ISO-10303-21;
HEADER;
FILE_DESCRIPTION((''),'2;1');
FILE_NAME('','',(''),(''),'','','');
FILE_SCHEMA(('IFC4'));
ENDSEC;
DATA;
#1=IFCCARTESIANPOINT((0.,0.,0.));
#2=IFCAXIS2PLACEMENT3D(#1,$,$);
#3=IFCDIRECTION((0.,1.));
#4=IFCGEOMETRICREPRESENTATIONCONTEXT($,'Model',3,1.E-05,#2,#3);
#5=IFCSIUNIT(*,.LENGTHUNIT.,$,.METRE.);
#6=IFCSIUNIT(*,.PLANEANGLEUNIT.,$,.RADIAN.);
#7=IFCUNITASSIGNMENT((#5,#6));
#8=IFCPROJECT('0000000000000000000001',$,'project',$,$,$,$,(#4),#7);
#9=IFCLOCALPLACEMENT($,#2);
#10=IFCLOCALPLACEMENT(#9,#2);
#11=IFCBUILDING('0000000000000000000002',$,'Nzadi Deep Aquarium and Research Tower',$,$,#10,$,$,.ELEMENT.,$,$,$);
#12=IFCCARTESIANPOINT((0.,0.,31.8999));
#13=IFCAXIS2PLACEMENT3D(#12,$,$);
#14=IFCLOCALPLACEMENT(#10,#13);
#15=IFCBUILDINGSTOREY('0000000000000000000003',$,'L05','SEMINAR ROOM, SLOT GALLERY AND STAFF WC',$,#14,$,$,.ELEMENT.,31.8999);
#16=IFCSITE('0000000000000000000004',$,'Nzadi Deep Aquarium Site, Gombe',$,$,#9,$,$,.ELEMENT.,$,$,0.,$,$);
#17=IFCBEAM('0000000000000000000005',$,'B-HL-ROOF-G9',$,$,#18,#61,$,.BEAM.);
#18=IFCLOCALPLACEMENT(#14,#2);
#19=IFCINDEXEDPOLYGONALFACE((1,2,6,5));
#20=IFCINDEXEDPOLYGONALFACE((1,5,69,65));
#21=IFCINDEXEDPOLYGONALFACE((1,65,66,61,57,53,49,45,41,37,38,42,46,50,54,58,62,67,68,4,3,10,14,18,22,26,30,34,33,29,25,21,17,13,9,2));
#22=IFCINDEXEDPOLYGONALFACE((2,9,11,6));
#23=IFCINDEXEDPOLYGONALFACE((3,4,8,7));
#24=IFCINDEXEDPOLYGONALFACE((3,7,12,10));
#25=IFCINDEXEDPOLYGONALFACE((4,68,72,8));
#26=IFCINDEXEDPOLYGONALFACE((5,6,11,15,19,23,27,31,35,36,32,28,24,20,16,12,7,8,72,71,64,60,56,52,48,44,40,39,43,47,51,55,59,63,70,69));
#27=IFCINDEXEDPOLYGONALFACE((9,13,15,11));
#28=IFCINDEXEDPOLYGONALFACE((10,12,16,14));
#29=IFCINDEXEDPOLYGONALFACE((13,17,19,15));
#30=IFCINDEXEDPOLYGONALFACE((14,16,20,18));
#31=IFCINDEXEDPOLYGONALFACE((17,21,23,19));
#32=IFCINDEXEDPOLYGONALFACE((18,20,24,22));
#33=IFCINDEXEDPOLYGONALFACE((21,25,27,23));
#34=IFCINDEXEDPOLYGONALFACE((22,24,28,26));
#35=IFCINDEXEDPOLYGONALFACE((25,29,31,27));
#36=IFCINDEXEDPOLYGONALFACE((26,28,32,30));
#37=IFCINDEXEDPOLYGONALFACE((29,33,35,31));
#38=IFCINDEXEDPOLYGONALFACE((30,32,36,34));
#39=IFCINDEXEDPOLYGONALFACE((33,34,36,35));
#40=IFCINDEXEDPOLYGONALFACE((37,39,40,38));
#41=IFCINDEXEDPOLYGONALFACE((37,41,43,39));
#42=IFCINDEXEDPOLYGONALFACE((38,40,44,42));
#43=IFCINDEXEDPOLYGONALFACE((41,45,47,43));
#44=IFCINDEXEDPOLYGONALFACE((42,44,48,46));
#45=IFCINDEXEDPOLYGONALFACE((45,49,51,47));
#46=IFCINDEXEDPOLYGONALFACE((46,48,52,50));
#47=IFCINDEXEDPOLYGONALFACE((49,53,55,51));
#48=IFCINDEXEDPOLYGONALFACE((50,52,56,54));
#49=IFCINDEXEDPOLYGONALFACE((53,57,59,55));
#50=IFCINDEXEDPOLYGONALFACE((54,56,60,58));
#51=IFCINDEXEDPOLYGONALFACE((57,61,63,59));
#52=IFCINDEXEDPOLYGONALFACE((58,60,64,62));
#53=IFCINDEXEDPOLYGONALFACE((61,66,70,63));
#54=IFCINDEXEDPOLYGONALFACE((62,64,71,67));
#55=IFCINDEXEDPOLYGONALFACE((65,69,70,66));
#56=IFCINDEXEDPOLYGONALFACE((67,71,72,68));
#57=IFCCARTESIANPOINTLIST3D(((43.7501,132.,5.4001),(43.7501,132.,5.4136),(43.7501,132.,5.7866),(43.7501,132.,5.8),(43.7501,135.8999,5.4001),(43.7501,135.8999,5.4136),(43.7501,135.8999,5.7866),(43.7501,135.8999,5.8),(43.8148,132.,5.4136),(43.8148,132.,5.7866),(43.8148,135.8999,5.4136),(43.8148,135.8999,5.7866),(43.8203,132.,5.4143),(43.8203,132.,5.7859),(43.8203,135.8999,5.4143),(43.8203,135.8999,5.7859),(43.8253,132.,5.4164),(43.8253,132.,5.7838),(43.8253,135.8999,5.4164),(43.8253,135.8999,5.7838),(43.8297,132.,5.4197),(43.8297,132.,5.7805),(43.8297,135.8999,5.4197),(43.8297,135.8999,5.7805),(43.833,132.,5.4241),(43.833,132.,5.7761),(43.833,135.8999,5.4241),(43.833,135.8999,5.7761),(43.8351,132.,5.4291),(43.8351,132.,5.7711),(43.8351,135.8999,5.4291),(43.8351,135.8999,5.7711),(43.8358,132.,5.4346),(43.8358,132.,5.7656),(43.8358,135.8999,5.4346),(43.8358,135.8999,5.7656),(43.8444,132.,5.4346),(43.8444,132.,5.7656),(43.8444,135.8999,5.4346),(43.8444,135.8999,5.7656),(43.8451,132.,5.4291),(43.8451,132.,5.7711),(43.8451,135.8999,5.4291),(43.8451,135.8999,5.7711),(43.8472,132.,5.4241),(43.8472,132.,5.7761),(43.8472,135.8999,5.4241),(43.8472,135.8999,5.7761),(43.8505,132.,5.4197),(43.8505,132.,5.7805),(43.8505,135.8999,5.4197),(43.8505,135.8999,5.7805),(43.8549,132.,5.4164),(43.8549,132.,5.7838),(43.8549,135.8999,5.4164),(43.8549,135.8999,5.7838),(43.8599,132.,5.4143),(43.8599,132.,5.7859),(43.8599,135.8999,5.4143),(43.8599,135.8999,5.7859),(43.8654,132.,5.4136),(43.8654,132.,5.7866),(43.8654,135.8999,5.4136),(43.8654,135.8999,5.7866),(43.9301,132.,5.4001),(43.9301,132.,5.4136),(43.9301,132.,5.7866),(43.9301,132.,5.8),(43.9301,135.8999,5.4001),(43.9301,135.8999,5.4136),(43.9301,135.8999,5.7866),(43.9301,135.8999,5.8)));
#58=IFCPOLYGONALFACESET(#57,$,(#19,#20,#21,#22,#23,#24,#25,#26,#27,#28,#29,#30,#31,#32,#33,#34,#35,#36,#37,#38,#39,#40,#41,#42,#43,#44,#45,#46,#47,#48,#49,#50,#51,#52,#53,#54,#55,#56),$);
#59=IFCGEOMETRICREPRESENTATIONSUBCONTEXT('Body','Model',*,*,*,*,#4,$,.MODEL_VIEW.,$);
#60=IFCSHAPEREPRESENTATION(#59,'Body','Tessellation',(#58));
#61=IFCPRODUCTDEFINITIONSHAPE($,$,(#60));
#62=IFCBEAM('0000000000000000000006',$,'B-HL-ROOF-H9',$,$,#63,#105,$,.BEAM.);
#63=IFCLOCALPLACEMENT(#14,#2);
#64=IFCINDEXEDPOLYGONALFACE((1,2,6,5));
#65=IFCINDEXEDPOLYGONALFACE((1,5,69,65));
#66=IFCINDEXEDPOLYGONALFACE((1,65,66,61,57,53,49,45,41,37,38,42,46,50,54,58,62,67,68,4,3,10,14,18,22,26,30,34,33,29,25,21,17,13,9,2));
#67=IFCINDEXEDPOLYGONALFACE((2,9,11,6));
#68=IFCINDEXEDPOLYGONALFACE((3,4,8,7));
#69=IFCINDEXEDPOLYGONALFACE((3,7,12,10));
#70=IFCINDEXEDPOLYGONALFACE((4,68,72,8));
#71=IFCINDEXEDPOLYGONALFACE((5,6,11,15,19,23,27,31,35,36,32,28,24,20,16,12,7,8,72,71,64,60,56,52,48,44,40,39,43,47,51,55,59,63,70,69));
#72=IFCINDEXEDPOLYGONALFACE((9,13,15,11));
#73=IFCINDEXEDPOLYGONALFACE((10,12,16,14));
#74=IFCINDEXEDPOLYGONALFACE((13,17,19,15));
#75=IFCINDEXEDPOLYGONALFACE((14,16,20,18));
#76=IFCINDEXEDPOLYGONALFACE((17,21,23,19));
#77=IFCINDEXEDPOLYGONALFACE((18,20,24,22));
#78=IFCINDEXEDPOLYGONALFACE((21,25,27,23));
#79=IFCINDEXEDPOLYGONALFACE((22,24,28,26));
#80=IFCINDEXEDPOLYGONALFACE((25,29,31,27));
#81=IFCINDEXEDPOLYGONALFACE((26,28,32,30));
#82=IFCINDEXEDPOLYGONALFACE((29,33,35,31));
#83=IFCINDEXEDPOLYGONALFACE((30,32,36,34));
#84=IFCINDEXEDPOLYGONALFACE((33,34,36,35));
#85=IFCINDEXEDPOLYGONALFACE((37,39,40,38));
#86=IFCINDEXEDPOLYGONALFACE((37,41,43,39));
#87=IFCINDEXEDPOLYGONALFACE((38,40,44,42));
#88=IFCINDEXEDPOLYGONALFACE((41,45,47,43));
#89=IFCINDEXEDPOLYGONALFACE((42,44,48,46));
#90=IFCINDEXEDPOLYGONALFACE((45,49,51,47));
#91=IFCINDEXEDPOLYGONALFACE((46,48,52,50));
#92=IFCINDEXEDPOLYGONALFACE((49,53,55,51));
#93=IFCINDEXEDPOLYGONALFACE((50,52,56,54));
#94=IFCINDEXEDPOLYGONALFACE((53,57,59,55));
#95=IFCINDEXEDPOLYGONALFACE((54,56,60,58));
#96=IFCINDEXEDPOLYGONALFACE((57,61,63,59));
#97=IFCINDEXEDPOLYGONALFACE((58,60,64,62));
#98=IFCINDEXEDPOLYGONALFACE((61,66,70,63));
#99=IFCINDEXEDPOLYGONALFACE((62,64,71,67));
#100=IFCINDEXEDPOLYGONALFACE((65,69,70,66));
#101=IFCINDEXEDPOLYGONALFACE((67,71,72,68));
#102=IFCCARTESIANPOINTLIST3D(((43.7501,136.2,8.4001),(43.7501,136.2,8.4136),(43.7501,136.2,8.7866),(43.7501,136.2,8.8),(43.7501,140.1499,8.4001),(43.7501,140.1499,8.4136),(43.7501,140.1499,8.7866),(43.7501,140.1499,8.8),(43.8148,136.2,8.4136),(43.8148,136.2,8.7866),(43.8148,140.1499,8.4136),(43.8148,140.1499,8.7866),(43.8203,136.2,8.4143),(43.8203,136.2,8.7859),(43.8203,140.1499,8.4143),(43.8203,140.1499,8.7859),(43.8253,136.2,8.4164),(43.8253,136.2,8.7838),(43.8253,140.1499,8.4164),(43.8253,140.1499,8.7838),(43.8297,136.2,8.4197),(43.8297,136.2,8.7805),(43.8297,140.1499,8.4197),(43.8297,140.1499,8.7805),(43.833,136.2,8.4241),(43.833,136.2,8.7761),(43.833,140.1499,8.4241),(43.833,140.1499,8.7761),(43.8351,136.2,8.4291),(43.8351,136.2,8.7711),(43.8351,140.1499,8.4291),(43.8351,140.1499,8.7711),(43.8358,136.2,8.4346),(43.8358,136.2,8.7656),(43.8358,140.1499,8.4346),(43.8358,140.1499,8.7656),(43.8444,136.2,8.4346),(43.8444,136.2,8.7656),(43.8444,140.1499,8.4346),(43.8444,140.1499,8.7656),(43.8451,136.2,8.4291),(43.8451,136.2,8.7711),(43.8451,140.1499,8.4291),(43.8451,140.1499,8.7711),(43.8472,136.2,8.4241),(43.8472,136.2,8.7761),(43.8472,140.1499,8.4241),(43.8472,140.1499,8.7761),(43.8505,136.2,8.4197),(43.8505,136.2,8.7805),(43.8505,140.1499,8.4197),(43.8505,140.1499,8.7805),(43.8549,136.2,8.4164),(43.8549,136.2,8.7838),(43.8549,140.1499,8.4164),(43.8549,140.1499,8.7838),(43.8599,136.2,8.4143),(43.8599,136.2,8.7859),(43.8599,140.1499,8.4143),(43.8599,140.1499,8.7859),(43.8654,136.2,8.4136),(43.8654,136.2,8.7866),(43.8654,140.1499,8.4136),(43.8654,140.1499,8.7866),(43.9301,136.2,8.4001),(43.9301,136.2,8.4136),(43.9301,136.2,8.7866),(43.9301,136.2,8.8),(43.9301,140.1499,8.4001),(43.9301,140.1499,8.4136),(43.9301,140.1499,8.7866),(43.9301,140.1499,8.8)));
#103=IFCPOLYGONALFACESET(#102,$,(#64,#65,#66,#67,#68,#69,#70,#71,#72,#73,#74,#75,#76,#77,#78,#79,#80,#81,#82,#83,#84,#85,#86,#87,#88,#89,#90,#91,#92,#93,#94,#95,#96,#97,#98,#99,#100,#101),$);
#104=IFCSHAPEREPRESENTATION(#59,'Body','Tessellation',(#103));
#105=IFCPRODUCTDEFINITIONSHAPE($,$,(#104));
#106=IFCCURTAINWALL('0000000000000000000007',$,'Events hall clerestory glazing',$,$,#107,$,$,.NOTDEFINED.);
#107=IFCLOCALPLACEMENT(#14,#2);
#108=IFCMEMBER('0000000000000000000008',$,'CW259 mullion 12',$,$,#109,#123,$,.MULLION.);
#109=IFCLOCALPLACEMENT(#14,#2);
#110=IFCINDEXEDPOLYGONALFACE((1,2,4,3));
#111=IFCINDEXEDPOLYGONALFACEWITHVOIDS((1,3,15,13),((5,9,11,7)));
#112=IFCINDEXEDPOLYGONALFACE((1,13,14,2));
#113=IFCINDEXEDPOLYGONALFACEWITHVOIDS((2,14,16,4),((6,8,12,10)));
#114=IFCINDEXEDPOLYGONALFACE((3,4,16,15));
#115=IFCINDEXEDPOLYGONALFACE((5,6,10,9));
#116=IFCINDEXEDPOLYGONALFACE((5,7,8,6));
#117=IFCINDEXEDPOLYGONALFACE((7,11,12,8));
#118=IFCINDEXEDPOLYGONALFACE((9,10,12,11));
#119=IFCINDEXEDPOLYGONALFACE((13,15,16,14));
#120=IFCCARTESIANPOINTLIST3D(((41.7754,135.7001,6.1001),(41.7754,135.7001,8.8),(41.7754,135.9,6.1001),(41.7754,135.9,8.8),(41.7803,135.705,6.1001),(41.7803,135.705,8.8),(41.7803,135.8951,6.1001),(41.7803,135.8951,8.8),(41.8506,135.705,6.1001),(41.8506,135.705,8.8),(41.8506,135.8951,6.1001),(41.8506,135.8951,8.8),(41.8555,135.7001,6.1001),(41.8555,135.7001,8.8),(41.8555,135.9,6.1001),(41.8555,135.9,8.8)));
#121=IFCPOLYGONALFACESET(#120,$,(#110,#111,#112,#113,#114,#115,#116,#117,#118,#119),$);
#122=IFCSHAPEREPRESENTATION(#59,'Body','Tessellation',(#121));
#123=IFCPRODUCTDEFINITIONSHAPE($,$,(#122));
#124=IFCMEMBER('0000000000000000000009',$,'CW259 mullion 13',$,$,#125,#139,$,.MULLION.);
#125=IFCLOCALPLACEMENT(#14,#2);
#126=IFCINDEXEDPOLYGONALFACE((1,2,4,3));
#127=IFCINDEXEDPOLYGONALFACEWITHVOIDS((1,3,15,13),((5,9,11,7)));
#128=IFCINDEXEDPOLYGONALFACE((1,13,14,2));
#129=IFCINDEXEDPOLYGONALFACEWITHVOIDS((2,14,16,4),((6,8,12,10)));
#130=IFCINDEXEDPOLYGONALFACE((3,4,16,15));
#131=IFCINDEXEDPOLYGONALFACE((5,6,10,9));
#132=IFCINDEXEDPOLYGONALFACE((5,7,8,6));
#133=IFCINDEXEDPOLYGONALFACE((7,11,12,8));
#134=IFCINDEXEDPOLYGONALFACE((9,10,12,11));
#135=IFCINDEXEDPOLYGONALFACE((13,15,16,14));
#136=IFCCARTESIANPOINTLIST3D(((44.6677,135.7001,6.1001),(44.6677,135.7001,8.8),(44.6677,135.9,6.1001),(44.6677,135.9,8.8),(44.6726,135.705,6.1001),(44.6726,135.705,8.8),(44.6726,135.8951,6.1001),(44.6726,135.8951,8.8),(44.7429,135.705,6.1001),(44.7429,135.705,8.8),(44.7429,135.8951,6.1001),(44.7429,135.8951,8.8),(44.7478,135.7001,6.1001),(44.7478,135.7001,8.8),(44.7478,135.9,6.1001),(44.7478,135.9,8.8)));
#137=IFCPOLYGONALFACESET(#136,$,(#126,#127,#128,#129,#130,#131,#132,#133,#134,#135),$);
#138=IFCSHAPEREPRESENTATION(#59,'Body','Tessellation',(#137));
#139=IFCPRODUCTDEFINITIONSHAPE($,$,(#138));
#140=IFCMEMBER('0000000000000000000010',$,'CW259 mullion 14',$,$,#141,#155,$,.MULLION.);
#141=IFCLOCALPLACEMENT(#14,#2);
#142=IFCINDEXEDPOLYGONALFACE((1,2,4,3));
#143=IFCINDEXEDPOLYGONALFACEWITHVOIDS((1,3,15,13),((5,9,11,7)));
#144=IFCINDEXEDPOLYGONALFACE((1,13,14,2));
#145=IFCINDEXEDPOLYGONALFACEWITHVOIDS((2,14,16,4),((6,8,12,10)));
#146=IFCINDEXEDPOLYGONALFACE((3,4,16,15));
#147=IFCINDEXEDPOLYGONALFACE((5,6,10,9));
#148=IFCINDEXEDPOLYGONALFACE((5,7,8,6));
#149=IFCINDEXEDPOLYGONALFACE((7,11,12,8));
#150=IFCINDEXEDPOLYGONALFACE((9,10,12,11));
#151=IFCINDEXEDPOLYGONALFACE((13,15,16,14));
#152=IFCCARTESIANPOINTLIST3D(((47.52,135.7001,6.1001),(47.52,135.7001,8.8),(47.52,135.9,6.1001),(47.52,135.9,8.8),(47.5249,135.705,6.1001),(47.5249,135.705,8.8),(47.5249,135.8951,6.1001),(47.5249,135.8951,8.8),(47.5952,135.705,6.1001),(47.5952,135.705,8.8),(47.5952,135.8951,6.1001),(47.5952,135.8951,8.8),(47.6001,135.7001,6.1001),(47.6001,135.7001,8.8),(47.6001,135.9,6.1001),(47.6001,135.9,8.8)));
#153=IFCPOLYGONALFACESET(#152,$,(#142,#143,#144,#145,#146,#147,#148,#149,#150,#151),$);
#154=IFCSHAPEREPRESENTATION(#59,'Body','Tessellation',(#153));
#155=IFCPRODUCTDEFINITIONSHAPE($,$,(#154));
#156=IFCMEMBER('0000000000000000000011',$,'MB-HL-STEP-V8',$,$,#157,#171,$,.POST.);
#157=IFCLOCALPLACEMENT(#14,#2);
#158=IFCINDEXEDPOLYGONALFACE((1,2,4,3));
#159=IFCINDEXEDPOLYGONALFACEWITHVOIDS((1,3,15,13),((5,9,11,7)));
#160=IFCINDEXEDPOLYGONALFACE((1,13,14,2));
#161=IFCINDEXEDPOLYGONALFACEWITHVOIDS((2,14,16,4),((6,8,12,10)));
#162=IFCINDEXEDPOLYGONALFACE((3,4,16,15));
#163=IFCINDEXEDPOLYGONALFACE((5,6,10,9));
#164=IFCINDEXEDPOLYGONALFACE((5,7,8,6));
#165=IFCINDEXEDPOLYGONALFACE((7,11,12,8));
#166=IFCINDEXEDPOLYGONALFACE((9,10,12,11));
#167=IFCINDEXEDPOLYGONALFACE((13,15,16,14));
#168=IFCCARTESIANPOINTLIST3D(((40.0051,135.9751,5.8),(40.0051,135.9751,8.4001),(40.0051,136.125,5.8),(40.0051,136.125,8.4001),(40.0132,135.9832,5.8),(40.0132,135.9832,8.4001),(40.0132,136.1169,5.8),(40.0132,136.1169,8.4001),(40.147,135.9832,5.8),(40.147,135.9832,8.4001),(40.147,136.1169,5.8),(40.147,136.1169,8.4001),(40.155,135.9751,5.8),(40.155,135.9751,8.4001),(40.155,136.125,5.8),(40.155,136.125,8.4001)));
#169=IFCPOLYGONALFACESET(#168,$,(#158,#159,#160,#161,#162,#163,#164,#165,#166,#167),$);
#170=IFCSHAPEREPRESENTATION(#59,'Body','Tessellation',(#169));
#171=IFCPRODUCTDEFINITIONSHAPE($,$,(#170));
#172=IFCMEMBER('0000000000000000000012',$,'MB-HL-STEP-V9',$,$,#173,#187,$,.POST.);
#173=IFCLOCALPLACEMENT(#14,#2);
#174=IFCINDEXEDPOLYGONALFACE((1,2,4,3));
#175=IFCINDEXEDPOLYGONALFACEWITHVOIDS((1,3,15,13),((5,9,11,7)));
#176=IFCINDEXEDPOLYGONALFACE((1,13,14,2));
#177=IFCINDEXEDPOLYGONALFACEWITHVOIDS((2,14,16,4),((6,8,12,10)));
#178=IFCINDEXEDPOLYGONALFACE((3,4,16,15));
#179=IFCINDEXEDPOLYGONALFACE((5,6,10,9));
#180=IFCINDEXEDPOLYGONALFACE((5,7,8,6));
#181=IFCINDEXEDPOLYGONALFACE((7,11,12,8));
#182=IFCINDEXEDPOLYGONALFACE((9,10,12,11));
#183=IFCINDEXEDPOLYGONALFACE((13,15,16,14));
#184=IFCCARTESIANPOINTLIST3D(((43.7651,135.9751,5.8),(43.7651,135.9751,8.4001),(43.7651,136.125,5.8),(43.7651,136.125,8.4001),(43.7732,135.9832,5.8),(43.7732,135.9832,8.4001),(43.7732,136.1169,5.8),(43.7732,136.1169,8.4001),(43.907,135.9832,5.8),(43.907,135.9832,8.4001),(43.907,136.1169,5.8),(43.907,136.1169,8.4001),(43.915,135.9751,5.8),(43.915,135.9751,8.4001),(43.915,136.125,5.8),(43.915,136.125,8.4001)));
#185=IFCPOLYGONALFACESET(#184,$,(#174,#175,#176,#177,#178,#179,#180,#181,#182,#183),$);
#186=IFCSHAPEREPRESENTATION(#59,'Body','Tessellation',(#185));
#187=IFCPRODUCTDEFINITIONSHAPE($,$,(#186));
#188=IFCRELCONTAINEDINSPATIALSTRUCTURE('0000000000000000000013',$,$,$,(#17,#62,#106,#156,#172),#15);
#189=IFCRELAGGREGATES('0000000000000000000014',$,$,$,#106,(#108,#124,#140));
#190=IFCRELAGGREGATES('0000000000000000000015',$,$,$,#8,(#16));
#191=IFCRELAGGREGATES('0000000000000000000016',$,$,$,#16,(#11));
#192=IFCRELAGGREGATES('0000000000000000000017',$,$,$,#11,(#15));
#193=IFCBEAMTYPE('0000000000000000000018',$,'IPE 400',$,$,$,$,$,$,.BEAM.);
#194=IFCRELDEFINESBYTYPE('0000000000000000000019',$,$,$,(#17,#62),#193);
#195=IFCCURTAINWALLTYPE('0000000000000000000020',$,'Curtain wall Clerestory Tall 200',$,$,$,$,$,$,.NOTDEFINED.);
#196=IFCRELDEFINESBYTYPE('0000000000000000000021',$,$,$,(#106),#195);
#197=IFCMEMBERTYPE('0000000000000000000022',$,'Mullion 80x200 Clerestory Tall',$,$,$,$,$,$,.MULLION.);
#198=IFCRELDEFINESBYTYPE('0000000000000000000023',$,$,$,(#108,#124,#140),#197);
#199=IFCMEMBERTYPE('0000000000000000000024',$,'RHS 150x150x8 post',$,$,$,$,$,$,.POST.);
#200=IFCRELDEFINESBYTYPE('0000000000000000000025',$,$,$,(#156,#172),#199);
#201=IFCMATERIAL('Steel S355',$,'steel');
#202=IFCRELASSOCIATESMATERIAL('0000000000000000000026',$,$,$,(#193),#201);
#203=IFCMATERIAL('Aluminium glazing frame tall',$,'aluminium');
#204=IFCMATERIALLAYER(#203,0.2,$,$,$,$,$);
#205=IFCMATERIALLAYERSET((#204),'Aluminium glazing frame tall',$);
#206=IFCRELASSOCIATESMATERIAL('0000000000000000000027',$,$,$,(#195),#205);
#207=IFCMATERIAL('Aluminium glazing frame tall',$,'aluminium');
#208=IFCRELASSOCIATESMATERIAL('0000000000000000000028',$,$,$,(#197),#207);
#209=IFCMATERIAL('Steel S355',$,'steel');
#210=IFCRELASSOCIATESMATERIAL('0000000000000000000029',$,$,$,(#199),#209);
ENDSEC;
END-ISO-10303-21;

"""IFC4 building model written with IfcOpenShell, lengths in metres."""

from ifc_helpers import new_model, si_unit, direction, frame, origin, origin_2d, place, context, subcontext, project, spatial, hollow_rectangle, i_section, extrude, material, layer, layer_set, material_profile, profile_set, type_object, element, aggregate, save


model = new_model("IFC4")

# Units and contexts
model_context = context("Model", 3, precision=1e-05, world=origin(), true_north=direction((0.0, 1.0)))
body_context = subcontext(model_context, "Body", "Model", "MODEL_VIEW")
ifc_project = project(units=[si_unit("LENGTHUNIT", "METRE"), si_unit("PLANEANGLEUNIT", "RADIAN")], contexts=[model_context])

# Site, building, storey
site_placement = place(None, origin())
site = spatial("IfcSite", under=ifc_project, at=site_placement, Name="Nzadi Deep Aquarium Site, Gombe", CompositionType="ELEMENT", RefElevation=0.0)
building_placement = place(site_placement, origin())
building = spatial("IfcBuilding", under=site, at=building_placement, Name="Nzadi Deep Aquarium and Research Tower", CompositionType="ELEMENT")
storey_placement = place(building_placement, frame((0.0, 0.0, 31.8999)))
storey = spatial("IfcBuildingStorey", under=building, at=storey_placement, Name="L05", Description="SEMINAR ROOM, SLOT GALLERY AND STAFF WC", CompositionType="ELEMENT", Elevation=31.8999)

# Beams
ifc_material_1 = material(Name="Steel S355", Category="steel")
ifc_material_profile_1 = material_profile(ifc_material_1, i_section(OverallWidth=0.1799, OverallDepth=0.3999, WebThickness=0.0085, FlangeThickness=0.0134, FilletRadius=0.021, at=origin_2d()))
ifc_profile_set_1 = profile_set([ifc_material_profile_1], Name="Steel S355")
beam_type = type_object("IfcBeamType", Name="IPE 400", PredefinedType="BEAM", material=ifc_profile_set_1)
beam_1_placement = place(storey_placement, frame((43.8401, 132.0, 5.6001), z_axis=(0.0, 1.0, 0.0), x_axis=(-1.0, 0.0, 0.0)))
element("IfcBeam", 1, at=beam_1_placement, inside=storey, type_object=beam_type, Name="B-HL-ROOF-G9", PredefinedType="BEAM", context=body_context, shape_type="SweptSolid", body=[
    extrude(i_section(OverallWidth=0.1799, OverallDepth=0.3999, WebThickness=0.0085, FlangeThickness=0.0134, FilletRadius=0.021, at=origin_2d()), origin(), (0.0, 0.0, 1.0), 3.8999),
])
beam_2_placement = place(storey_placement, frame((43.8401, 136.2, 8.6001), z_axis=(0.0, 1.0, 0.0), x_axis=(-1.0, 0.0, 0.0)))
element("IfcBeam", 2, at=beam_2_placement, inside=storey, type_object=beam_type, Name="B-HL-ROOF-H9", PredefinedType="BEAM", context=body_context, shape_type="SweptSolid", body=[
    extrude(i_section(OverallWidth=0.1799, OverallDepth=0.3999, WebThickness=0.0085, FlangeThickness=0.0134, FilletRadius=0.021, at=origin_2d()), origin(), (0.0, 0.0, 1.0), 3.95),
])

# Curtain wall, members
ifc_material_2 = material(Name="Aluminium glazing frame tall", Category="aluminium")
ifc_layer_1 = layer(ifc_material_2, 0.2)
ifc_layer_set_1 = layer_set([ifc_layer_1], Name="Aluminium glazing frame tall")
curtain_wall_type = type_object("IfcCurtainWallType", Name="Curtain wall Clerestory Tall 200", PredefinedType="NOTDEFINED", material=ifc_layer_set_1)
curtain_wall_placement = place(storey_placement, origin())
curtain_wall = element("IfcCurtainWall", 3, at=curtain_wall_placement, inside=storey, type_object=curtain_wall_type, Name="Events hall clerestory glazing", PredefinedType="NOTDEFINED")
ifc_material_3 = material(Name="Aluminium glazing frame tall", Category="aluminium")
ifc_material_profile_2 = material_profile(ifc_material_3, hollow_rectangle(XDim=0.2, YDim=0.0801, WallThickness=0.0049, at=origin_2d()))
ifc_profile_set_2 = profile_set([ifc_material_profile_2], Name="Aluminium glazing frame tall")
member_type_1 = type_object("IfcMemberType", Name="Mullion 80x200 Clerestory Tall", PredefinedType="MULLION", material=ifc_profile_set_2)
member_1_placement = place(storey_placement, frame((41.8154, 135.8, 6.1001), z_axis=(0.0, 0.0, 1.0), x_axis=(0.0, 1.0, 0.0)))
member_1 = element("IfcMember", 4, at=member_1_placement, type_object=member_type_1, Name="CW259 mullion 12", PredefinedType="MULLION", context=body_context, shape_type="SweptSolid", body=[
    extrude(hollow_rectangle(XDim=0.2, YDim=0.0801, WallThickness=0.0049, at=origin_2d()), origin(), (0.0, 0.0, 1.0), 2.7),
])
member_2_placement = place(storey_placement, frame((44.7078, 135.8, 6.1001), z_axis=(0.0, 0.0, 1.0), x_axis=(0.0, 1.0, 0.0)))
member_2 = element("IfcMember", 5, at=member_2_placement, type_object=member_type_1, Name="CW259 mullion 13", PredefinedType="MULLION", context=body_context, shape_type="SweptSolid", body=[
    extrude(hollow_rectangle(XDim=0.2, YDim=0.0801, WallThickness=0.0049, at=origin_2d()), origin(), (0.0, 0.0, 1.0), 2.7),
])
member_3_placement = place(storey_placement, frame((47.5601, 135.8, 6.1001), z_axis=(0.0, 0.0, 1.0), x_axis=(0.0, 1.0, 0.0)))
member_3 = element("IfcMember", 6, at=member_3_placement, type_object=member_type_1, Name="CW259 mullion 14", PredefinedType="MULLION", context=body_context, shape_type="SweptSolid", body=[
    extrude(hollow_rectangle(XDim=0.2, YDim=0.0801, WallThickness=0.0049, at=origin_2d()), origin(), (0.0, 0.0, 1.0), 2.7),
])

# Members
ifc_material_4 = material(Name="Steel S355", Category="steel")
ifc_material_profile_3 = material_profile(ifc_material_4, hollow_rectangle(XDim=0.1499, YDim=0.1499, WallThickness=0.0081, at=origin_2d()))
ifc_profile_set_3 = profile_set([ifc_material_profile_3], Name="Steel S355")
member_type_2 = type_object("IfcMemberType", Name="RHS 150x150x8 post", PredefinedType="POST", material=ifc_profile_set_3)
for number, where, z_axis, x_axis, name in (
    (7, (40.0801, 136.05, 5.8), (0.0, 0.0, 1.0), (1.0, 0.0, 0.0), "MB-HL-STEP-V8"),
    (8, (43.8401, 136.05, 5.8), (0.0, 0.0, 1.0), (1.0, 0.0, 0.0), "MB-HL-STEP-V9"),
):
    element("IfcMember", number, at=place(storey_placement, frame(where, z_axis=z_axis, x_axis=x_axis)), inside=storey, type_object=member_type_2, Name=name, PredefinedType="POST", context=body_context, shape_type="SweptSolid", body=[
        extrude(hollow_rectangle(XDim=0.1499, YDim=0.1499, WallThickness=0.0081, at=origin_2d()), origin(), (0.0, 0.0, 1.0), 2.6001),
    ])

aggregate(curtain_wall, [member_1, member_2, member_3])

save(model, "model.ifc")
